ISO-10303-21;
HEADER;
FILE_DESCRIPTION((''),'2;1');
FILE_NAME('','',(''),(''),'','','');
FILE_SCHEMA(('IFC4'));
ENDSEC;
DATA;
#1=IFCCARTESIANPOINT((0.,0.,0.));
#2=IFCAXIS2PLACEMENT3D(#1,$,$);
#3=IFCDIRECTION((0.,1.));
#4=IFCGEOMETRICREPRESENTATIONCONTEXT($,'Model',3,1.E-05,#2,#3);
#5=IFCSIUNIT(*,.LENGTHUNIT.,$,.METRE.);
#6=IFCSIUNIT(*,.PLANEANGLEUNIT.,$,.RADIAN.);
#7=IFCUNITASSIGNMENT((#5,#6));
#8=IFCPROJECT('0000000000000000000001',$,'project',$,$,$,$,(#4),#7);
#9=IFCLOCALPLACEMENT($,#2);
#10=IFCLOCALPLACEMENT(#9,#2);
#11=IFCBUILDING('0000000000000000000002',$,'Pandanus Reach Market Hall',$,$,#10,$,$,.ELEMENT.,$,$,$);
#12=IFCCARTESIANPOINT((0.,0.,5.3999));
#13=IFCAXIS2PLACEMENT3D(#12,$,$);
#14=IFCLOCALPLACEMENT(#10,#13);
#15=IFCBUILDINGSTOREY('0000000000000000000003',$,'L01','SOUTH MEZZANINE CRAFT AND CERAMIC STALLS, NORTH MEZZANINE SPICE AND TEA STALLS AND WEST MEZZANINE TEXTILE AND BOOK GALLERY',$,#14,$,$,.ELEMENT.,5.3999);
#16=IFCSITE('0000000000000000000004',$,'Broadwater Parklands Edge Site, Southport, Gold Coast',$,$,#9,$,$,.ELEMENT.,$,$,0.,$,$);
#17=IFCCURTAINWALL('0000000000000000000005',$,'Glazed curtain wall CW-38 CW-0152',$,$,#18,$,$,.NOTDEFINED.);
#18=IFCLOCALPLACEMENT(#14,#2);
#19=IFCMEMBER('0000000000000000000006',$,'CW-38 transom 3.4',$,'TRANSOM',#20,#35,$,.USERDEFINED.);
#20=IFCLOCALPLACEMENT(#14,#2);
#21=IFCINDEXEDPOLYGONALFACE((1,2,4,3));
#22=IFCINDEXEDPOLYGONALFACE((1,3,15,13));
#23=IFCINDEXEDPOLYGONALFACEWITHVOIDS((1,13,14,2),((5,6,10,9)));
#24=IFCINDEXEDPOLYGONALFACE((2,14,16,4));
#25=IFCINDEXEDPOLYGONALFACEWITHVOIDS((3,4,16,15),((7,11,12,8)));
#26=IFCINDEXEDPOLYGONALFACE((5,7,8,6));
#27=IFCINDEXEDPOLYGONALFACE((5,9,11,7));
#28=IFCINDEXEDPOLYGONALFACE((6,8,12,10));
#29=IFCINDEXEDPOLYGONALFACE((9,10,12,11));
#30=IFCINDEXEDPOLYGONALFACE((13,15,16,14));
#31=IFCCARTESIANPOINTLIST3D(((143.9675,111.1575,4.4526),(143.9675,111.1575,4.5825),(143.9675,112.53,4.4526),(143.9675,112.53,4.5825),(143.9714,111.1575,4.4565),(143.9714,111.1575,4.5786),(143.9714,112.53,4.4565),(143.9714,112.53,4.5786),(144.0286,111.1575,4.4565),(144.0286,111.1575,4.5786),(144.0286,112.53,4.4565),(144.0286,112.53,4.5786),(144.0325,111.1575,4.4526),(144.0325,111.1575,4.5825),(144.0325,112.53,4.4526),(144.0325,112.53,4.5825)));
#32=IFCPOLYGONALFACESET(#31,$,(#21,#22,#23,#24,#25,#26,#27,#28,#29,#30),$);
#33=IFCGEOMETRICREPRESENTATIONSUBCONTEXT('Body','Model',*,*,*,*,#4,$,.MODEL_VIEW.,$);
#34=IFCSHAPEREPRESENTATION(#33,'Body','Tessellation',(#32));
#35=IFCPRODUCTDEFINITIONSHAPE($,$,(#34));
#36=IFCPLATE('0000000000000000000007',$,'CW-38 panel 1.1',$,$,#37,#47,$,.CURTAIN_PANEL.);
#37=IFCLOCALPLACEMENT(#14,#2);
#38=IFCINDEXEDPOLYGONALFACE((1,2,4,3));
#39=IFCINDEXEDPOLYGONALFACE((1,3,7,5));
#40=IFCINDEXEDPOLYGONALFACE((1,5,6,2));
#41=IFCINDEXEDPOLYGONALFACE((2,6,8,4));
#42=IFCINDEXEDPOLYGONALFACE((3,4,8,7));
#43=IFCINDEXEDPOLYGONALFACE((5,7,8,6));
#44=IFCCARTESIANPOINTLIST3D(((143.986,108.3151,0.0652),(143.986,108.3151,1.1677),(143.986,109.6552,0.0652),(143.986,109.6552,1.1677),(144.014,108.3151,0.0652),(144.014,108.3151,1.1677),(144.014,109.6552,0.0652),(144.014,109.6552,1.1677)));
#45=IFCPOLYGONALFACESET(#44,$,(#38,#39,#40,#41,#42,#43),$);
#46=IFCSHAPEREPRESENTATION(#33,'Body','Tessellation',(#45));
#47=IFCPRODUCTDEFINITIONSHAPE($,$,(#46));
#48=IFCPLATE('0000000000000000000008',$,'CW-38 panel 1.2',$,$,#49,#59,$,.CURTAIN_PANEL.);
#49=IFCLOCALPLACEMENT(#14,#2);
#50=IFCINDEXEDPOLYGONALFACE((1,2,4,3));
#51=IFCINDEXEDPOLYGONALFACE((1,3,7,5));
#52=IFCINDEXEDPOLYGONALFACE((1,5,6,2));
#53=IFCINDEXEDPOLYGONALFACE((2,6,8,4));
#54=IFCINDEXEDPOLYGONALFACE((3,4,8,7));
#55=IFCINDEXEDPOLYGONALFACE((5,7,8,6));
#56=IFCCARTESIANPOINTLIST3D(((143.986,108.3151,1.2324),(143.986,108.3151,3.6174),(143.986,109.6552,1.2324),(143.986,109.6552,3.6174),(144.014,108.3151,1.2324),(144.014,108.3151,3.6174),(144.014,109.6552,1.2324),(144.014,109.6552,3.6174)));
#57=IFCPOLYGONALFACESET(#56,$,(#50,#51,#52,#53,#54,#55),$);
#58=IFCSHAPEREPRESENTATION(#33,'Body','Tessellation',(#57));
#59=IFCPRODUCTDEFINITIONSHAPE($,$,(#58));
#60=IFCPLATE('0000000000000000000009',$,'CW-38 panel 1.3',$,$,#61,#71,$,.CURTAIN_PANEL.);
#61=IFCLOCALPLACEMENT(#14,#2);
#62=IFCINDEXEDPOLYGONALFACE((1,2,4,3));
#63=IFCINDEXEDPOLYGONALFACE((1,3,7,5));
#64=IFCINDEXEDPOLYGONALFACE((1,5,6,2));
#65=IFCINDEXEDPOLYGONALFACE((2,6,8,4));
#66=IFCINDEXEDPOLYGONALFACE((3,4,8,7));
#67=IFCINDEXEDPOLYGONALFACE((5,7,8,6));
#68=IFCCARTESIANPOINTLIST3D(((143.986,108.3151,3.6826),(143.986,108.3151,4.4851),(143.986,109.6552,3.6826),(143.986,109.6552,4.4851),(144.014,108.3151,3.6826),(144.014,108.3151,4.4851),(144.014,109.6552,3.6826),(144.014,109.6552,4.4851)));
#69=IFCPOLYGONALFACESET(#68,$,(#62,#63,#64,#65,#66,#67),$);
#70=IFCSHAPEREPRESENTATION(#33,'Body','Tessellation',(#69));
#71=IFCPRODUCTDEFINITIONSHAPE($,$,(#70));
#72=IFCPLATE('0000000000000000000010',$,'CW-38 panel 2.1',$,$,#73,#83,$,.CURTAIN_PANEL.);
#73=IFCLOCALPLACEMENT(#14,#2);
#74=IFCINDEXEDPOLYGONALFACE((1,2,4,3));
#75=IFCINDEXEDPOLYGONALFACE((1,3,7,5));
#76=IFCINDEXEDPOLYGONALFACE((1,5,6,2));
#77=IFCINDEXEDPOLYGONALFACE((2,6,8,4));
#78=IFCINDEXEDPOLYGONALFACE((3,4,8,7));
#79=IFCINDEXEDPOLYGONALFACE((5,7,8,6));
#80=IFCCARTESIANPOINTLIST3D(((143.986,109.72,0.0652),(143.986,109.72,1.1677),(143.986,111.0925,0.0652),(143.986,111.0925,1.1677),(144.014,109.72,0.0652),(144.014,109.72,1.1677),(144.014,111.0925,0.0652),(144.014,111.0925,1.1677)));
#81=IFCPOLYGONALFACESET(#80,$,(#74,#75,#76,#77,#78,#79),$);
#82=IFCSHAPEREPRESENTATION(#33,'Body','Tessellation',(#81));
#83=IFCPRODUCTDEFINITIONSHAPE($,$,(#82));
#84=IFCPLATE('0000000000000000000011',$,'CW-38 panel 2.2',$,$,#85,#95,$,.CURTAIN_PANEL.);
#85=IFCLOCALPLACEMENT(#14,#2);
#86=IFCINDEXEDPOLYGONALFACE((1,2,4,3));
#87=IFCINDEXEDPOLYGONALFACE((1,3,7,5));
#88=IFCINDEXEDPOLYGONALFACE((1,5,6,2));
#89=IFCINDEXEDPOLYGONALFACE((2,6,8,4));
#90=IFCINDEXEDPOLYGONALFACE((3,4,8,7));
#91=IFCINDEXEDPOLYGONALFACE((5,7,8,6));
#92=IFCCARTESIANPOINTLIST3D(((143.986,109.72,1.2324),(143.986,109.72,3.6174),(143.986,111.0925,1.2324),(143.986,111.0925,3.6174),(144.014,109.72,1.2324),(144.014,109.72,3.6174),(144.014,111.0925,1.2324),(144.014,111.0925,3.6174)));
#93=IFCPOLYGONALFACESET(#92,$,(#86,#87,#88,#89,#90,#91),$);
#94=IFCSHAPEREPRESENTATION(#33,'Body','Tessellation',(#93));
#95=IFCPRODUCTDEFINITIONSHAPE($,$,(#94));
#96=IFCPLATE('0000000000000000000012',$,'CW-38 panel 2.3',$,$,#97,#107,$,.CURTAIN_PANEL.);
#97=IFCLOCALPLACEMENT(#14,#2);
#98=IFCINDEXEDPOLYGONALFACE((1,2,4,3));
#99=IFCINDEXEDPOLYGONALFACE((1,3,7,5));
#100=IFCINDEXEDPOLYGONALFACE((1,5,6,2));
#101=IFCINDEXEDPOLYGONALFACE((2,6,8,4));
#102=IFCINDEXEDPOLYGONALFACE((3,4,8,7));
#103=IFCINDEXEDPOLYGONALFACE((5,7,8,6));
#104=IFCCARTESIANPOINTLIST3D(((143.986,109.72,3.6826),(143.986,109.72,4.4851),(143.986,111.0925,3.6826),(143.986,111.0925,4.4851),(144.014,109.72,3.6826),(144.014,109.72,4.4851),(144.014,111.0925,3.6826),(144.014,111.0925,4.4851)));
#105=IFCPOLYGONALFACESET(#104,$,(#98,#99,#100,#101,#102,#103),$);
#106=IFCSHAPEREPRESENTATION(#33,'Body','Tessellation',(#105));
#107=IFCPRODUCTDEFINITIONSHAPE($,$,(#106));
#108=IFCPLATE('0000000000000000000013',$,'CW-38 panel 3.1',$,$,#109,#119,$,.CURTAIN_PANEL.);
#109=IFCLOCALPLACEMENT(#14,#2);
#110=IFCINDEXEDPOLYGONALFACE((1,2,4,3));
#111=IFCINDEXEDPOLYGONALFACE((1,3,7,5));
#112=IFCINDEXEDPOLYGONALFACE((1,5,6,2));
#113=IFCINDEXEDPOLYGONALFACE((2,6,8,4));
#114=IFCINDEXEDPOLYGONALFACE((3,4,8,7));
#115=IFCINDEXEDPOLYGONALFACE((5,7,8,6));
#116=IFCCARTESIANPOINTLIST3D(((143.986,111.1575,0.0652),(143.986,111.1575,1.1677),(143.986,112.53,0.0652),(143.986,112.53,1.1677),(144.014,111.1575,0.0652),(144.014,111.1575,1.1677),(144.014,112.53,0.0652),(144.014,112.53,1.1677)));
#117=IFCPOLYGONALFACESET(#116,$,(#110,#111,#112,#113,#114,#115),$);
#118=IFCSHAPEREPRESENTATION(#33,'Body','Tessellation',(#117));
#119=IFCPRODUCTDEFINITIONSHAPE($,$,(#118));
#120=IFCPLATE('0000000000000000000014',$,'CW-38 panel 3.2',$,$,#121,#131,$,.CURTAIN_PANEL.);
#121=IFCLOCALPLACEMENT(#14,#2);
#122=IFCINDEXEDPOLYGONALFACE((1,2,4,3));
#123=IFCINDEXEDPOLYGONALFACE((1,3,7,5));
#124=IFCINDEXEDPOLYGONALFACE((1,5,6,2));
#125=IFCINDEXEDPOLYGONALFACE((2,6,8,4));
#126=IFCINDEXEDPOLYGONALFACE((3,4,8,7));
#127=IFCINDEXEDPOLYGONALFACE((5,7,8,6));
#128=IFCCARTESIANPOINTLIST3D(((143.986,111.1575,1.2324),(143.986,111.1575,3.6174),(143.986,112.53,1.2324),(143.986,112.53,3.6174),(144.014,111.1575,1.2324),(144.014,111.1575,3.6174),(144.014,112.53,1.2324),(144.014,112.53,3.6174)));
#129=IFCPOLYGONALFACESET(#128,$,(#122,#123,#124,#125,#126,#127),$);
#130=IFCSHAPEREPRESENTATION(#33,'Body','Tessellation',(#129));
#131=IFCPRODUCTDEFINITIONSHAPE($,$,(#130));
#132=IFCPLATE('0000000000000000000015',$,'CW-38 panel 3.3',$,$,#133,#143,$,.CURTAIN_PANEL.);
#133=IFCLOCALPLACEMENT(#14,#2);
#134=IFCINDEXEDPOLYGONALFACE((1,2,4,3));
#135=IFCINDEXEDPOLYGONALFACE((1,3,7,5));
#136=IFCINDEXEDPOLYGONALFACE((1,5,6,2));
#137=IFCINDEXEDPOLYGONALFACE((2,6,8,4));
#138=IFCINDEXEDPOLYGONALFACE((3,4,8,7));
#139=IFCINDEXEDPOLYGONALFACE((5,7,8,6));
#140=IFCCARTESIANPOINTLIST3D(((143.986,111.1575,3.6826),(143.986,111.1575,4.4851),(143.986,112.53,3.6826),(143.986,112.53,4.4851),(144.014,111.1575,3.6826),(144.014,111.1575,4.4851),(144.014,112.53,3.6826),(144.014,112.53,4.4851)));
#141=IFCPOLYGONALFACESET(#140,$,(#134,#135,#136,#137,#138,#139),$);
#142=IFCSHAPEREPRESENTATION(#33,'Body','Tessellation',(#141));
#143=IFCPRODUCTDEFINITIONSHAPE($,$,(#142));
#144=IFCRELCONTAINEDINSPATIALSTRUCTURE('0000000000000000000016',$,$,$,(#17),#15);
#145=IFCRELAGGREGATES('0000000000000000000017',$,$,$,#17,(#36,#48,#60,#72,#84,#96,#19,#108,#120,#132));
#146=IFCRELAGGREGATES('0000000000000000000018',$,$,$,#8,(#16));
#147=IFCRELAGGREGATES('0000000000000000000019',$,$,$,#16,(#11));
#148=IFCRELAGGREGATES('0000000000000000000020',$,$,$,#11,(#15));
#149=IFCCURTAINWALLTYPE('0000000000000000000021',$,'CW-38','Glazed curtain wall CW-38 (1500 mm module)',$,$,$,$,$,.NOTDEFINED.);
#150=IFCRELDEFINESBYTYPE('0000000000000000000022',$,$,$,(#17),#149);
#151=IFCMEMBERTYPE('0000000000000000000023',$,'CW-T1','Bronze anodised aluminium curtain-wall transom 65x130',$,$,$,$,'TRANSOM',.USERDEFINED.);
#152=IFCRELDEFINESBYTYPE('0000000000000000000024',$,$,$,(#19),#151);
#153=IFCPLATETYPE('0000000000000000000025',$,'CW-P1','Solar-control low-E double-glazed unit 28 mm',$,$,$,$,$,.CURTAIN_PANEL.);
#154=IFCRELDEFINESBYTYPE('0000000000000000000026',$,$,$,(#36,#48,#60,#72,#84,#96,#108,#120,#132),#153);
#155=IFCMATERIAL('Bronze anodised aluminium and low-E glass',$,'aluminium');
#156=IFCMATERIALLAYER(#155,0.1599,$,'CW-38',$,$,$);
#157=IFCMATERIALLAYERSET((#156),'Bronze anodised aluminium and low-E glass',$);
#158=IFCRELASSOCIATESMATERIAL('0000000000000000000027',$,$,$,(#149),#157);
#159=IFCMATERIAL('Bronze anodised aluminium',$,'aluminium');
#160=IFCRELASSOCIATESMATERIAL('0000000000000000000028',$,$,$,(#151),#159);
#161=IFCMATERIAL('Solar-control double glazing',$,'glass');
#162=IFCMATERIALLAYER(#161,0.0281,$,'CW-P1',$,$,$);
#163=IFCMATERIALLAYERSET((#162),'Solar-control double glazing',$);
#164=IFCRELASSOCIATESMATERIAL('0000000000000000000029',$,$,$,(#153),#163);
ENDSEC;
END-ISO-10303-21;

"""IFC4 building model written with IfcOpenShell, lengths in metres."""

from ifc_helpers import new_model, si_unit, direction, frame, origin, origin_2d, place, context, subcontext, project, spatial, rectangle, hollow_rectangle, extrude, material, layer, layer_set, material_profile, profile_set, type_object, element, aggregate, save


model = new_model("IFC4")

# Units and contexts
model_context = context("Model", 3, precision=1e-05, world=origin(), true_north=direction((0.0, 1.0)))
body_context = subcontext(model_context, "Body", "Model", "MODEL_VIEW")
ifc_project = project(units=[si_unit("LENGTHUNIT", "METRE"), si_unit("PLANEANGLEUNIT", "RADIAN")], contexts=[model_context])

# Site, building, storey
site_placement = place(None, origin())
site = spatial("IfcSite", under=ifc_project, at=site_placement, Name="Broadwater Parklands Edge Site, Southport, Gold Coast", CompositionType="ELEMENT", RefElevation=0.0)
building_placement = place(site_placement, origin())
building = spatial("IfcBuilding", under=site, at=building_placement, Name="Pandanus Reach Market Hall", CompositionType="ELEMENT")
storey_placement = place(building_placement, frame((0.0, 0.0, 5.3999)))
storey = spatial("IfcBuildingStorey", under=building, at=storey_placement, Name="L01", Description="SOUTH MEZZANINE CRAFT AND CERAMIC STALLS, NORTH MEZZANINE SPICE AND TEA STALLS AND WEST MEZZANINE TEXTILE AND BOOK GALLERY", CompositionType="ELEMENT", Elevation=5.3999)

# Curtain wall, member, plates
ifc_material_1 = material(Name="Bronze anodised aluminium and low-E glass", Category="aluminium")
ifc_layer_1 = layer(ifc_material_1, 0.1599, Name="CW-38")
ifc_layer_set_1 = layer_set([ifc_layer_1], Name="Bronze anodised aluminium and low-E glass")
curtain_wall_type = type_object("IfcCurtainWallType", Name="CW-38", Description="Glazed curtain wall CW-38 (1500 mm module)", PredefinedType="NOTDEFINED", material=ifc_layer_set_1)
curtain_wall_placement = place(storey_placement, origin())
curtain_wall = element("IfcCurtainWall", 1, at=curtain_wall_placement, inside=storey, type_object=curtain_wall_type, Name="Glazed curtain wall CW-38 CW-0152", PredefinedType="NOTDEFINED")
ifc_material_2 = material(Name="Bronze anodised aluminium", Category="aluminium")
ifc_material_profile_1 = material_profile(ifc_material_2, hollow_rectangle(XDim=0.0649, YDim=0.1299, WallThickness=0.0039, at=origin_2d()), Name="ALU65x130", Category="LoadBearing")
ifc_profile_set_1 = profile_set([ifc_material_profile_1], Name="Bronze anodised aluminium")
member_type_1 = type_object("IfcMemberType", Name="CW-T1", Description="Bronze anodised aluminium curtain-wall transom 65x130", ElementType="TRANSOM", PredefinedType="USERDEFINED", material=ifc_profile_set_1)
member_1_placement = place(storey_placement, frame((144.0, 111.1575, 4.5176), z_axis=(0.0, 1.0, 0.0), x_axis=(-1.0, 0.0, 0.0)))
member_1 = element("IfcMember", 2, at=member_1_placement, type_object=member_type_1, Name="CW-38 transom 3.4", ObjectType="TRANSOM", PredefinedType="USERDEFINED", context=body_context, shape_type="SweptSolid", body=[
    extrude(hollow_rectangle(XDim=0.0649, YDim=0.1299, WallThickness=0.0039, at=origin_2d()), origin(), (0.0, 0.0, 1.0), 1.3726),
])
ifc_material_3 = material(Name="Solar-control double glazing", Category="glass")
ifc_layer_2 = layer(ifc_material_3, 0.0281, Name="CW-P1")
ifc_layer_set_2 = layer_set([ifc_layer_2], Name="Solar-control double glazing")
plate_type = type_object("IfcPlateType", Name="CW-P1", Description="Solar-control low-E double-glazed unit 28 mm", PredefinedType="CURTAIN_PANEL", material=ifc_layer_set_2)
plate_1_placement = place(storey_placement, frame((144.0, 108.9851, 0.0652), z_axis=(0.0, 0.0, 1.0), x_axis=(0.0, 1.0, 0.0)))
plate_1 = element("IfcPlate", 3, at=plate_1_placement, type_object=plate_type, Name="CW-38 panel 1.1", PredefinedType="CURTAIN_PANEL", context=body_context, shape_type="SweptSolid", body=[
    extrude(rectangle(XDim=1.3401, YDim=0.0281, at=origin_2d()), origin(), (0.0, 0.0, 1.0), 1.1025),
])
plate_2_placement = place(storey_placement, frame((144.0, 108.9851, 1.2324), z_axis=(0.0, 0.0, 1.0), x_axis=(0.0, 1.0, 0.0)))
plate_2 = element("IfcPlate", 4, at=plate_2_placement, type_object=plate_type, Name="CW-38 panel 1.2", PredefinedType="CURTAIN_PANEL", context=body_context, shape_type="SweptSolid", body=[
    extrude(rectangle(XDim=1.3401, YDim=0.0281, at=origin_2d()), origin(), (0.0, 0.0, 1.0), 2.385),
])
plate_3_placement = place(storey_placement, frame((144.0, 108.9851, 3.6826), z_axis=(0.0, 0.0, 1.0), x_axis=(0.0, 1.0, 0.0)))
plate_3 = element("IfcPlate", 5, at=plate_3_placement, type_object=plate_type, Name="CW-38 panel 1.3", PredefinedType="CURTAIN_PANEL", context=body_context, shape_type="SweptSolid", body=[
    extrude(rectangle(XDim=1.3401, YDim=0.0281, at=origin_2d()), origin(), (0.0, 0.0, 1.0), 0.8025),
])
plate_4_placement = place(storey_placement, frame((144.0, 110.4062, 0.0652), z_axis=(0.0, 0.0, 1.0), x_axis=(0.0, 1.0, 0.0)))
plate_4 = element("IfcPlate", 6, at=plate_4_placement, type_object=plate_type, Name="CW-38 panel 2.1", PredefinedType="CURTAIN_PANEL", context=body_context, shape_type="SweptSolid", body=[
    extrude(rectangle(XDim=1.3726, YDim=0.0281, at=origin_2d()), origin(), (0.0, 0.0, 1.0), 1.1025),
])
plate_5_placement = place(storey_placement, frame((144.0, 110.4062, 1.2324), z_axis=(0.0, 0.0, 1.0), x_axis=(0.0, 1.0, 0.0)))
plate_5 = element("IfcPlate", 7, at=plate_5_placement, type_object=plate_type, Name="CW-38 panel 2.2", PredefinedType="CURTAIN_PANEL", context=body_context, shape_type="SweptSolid", body=[
    extrude(rectangle(XDim=1.3726, YDim=0.0281, at=origin_2d()), origin(), (0.0, 0.0, 1.0), 2.385),
])
plate_6_placement = place(storey_placement, frame((144.0, 110.4062, 3.6826), z_axis=(0.0, 0.0, 1.0), x_axis=(0.0, 1.0, 0.0)))
plate_6 = element("IfcPlate", 8, at=plate_6_placement, type_object=plate_type, Name="CW-38 panel 2.3", PredefinedType="CURTAIN_PANEL", context=body_context, shape_type="SweptSolid", body=[
    extrude(rectangle(XDim=1.3726, YDim=0.0281, at=origin_2d()), origin(), (0.0, 0.0, 1.0), 0.8025),
])
plate_7_placement = place(storey_placement, frame((144.0, 111.8438, 0.0652), z_axis=(0.0, 0.0, 1.0), x_axis=(0.0, 1.0, 0.0)))
plate_7 = element("IfcPlate", 9, at=plate_7_placement, type_object=plate_type, Name="CW-38 panel 3.1", PredefinedType="CURTAIN_PANEL", context=body_context, shape_type="SweptSolid", body=[
    extrude(rectangle(XDim=1.3726, YDim=0.0281, at=origin_2d()), origin(), (0.0, 0.0, 1.0), 1.1025),
])
plate_8_placement = place(storey_placement, frame((144.0, 111.8438, 1.2324), z_axis=(0.0, 0.0, 1.0), x_axis=(0.0, 1.0, 0.0)))
plate_8 = element("IfcPlate", 10, at=plate_8_placement, type_object=plate_type, Name="CW-38 panel 3.2", PredefinedType="CURTAIN_PANEL", context=body_context, shape_type="SweptSolid", body=[
    extrude(rectangle(XDim=1.3726, YDim=0.0281, at=origin_2d()), origin(), (0.0, 0.0, 1.0), 2.385),
])
plate_9_placement = place(storey_placement, frame((144.0, 111.8438, 3.6826), z_axis=(0.0, 0.0, 1.0), x_axis=(0.0, 1.0, 0.0)))
plate_9 = element("IfcPlate", 11, at=plate_9_placement, type_object=plate_type, Name="CW-38 panel 3.3", PredefinedType="CURTAIN_PANEL", context=body_context, shape_type="SweptSolid", body=[
    extrude(rectangle(XDim=1.3726, YDim=0.0281, at=origin_2d()), origin(), (0.0, 0.0, 1.0), 0.8025),
])
aggregate(curtain_wall, [plate_1, plate_2, plate_3, plate_4, plate_5, plate_6, member_1, plate_7, plate_8, plate_9])

save(model, "model.ifc")
